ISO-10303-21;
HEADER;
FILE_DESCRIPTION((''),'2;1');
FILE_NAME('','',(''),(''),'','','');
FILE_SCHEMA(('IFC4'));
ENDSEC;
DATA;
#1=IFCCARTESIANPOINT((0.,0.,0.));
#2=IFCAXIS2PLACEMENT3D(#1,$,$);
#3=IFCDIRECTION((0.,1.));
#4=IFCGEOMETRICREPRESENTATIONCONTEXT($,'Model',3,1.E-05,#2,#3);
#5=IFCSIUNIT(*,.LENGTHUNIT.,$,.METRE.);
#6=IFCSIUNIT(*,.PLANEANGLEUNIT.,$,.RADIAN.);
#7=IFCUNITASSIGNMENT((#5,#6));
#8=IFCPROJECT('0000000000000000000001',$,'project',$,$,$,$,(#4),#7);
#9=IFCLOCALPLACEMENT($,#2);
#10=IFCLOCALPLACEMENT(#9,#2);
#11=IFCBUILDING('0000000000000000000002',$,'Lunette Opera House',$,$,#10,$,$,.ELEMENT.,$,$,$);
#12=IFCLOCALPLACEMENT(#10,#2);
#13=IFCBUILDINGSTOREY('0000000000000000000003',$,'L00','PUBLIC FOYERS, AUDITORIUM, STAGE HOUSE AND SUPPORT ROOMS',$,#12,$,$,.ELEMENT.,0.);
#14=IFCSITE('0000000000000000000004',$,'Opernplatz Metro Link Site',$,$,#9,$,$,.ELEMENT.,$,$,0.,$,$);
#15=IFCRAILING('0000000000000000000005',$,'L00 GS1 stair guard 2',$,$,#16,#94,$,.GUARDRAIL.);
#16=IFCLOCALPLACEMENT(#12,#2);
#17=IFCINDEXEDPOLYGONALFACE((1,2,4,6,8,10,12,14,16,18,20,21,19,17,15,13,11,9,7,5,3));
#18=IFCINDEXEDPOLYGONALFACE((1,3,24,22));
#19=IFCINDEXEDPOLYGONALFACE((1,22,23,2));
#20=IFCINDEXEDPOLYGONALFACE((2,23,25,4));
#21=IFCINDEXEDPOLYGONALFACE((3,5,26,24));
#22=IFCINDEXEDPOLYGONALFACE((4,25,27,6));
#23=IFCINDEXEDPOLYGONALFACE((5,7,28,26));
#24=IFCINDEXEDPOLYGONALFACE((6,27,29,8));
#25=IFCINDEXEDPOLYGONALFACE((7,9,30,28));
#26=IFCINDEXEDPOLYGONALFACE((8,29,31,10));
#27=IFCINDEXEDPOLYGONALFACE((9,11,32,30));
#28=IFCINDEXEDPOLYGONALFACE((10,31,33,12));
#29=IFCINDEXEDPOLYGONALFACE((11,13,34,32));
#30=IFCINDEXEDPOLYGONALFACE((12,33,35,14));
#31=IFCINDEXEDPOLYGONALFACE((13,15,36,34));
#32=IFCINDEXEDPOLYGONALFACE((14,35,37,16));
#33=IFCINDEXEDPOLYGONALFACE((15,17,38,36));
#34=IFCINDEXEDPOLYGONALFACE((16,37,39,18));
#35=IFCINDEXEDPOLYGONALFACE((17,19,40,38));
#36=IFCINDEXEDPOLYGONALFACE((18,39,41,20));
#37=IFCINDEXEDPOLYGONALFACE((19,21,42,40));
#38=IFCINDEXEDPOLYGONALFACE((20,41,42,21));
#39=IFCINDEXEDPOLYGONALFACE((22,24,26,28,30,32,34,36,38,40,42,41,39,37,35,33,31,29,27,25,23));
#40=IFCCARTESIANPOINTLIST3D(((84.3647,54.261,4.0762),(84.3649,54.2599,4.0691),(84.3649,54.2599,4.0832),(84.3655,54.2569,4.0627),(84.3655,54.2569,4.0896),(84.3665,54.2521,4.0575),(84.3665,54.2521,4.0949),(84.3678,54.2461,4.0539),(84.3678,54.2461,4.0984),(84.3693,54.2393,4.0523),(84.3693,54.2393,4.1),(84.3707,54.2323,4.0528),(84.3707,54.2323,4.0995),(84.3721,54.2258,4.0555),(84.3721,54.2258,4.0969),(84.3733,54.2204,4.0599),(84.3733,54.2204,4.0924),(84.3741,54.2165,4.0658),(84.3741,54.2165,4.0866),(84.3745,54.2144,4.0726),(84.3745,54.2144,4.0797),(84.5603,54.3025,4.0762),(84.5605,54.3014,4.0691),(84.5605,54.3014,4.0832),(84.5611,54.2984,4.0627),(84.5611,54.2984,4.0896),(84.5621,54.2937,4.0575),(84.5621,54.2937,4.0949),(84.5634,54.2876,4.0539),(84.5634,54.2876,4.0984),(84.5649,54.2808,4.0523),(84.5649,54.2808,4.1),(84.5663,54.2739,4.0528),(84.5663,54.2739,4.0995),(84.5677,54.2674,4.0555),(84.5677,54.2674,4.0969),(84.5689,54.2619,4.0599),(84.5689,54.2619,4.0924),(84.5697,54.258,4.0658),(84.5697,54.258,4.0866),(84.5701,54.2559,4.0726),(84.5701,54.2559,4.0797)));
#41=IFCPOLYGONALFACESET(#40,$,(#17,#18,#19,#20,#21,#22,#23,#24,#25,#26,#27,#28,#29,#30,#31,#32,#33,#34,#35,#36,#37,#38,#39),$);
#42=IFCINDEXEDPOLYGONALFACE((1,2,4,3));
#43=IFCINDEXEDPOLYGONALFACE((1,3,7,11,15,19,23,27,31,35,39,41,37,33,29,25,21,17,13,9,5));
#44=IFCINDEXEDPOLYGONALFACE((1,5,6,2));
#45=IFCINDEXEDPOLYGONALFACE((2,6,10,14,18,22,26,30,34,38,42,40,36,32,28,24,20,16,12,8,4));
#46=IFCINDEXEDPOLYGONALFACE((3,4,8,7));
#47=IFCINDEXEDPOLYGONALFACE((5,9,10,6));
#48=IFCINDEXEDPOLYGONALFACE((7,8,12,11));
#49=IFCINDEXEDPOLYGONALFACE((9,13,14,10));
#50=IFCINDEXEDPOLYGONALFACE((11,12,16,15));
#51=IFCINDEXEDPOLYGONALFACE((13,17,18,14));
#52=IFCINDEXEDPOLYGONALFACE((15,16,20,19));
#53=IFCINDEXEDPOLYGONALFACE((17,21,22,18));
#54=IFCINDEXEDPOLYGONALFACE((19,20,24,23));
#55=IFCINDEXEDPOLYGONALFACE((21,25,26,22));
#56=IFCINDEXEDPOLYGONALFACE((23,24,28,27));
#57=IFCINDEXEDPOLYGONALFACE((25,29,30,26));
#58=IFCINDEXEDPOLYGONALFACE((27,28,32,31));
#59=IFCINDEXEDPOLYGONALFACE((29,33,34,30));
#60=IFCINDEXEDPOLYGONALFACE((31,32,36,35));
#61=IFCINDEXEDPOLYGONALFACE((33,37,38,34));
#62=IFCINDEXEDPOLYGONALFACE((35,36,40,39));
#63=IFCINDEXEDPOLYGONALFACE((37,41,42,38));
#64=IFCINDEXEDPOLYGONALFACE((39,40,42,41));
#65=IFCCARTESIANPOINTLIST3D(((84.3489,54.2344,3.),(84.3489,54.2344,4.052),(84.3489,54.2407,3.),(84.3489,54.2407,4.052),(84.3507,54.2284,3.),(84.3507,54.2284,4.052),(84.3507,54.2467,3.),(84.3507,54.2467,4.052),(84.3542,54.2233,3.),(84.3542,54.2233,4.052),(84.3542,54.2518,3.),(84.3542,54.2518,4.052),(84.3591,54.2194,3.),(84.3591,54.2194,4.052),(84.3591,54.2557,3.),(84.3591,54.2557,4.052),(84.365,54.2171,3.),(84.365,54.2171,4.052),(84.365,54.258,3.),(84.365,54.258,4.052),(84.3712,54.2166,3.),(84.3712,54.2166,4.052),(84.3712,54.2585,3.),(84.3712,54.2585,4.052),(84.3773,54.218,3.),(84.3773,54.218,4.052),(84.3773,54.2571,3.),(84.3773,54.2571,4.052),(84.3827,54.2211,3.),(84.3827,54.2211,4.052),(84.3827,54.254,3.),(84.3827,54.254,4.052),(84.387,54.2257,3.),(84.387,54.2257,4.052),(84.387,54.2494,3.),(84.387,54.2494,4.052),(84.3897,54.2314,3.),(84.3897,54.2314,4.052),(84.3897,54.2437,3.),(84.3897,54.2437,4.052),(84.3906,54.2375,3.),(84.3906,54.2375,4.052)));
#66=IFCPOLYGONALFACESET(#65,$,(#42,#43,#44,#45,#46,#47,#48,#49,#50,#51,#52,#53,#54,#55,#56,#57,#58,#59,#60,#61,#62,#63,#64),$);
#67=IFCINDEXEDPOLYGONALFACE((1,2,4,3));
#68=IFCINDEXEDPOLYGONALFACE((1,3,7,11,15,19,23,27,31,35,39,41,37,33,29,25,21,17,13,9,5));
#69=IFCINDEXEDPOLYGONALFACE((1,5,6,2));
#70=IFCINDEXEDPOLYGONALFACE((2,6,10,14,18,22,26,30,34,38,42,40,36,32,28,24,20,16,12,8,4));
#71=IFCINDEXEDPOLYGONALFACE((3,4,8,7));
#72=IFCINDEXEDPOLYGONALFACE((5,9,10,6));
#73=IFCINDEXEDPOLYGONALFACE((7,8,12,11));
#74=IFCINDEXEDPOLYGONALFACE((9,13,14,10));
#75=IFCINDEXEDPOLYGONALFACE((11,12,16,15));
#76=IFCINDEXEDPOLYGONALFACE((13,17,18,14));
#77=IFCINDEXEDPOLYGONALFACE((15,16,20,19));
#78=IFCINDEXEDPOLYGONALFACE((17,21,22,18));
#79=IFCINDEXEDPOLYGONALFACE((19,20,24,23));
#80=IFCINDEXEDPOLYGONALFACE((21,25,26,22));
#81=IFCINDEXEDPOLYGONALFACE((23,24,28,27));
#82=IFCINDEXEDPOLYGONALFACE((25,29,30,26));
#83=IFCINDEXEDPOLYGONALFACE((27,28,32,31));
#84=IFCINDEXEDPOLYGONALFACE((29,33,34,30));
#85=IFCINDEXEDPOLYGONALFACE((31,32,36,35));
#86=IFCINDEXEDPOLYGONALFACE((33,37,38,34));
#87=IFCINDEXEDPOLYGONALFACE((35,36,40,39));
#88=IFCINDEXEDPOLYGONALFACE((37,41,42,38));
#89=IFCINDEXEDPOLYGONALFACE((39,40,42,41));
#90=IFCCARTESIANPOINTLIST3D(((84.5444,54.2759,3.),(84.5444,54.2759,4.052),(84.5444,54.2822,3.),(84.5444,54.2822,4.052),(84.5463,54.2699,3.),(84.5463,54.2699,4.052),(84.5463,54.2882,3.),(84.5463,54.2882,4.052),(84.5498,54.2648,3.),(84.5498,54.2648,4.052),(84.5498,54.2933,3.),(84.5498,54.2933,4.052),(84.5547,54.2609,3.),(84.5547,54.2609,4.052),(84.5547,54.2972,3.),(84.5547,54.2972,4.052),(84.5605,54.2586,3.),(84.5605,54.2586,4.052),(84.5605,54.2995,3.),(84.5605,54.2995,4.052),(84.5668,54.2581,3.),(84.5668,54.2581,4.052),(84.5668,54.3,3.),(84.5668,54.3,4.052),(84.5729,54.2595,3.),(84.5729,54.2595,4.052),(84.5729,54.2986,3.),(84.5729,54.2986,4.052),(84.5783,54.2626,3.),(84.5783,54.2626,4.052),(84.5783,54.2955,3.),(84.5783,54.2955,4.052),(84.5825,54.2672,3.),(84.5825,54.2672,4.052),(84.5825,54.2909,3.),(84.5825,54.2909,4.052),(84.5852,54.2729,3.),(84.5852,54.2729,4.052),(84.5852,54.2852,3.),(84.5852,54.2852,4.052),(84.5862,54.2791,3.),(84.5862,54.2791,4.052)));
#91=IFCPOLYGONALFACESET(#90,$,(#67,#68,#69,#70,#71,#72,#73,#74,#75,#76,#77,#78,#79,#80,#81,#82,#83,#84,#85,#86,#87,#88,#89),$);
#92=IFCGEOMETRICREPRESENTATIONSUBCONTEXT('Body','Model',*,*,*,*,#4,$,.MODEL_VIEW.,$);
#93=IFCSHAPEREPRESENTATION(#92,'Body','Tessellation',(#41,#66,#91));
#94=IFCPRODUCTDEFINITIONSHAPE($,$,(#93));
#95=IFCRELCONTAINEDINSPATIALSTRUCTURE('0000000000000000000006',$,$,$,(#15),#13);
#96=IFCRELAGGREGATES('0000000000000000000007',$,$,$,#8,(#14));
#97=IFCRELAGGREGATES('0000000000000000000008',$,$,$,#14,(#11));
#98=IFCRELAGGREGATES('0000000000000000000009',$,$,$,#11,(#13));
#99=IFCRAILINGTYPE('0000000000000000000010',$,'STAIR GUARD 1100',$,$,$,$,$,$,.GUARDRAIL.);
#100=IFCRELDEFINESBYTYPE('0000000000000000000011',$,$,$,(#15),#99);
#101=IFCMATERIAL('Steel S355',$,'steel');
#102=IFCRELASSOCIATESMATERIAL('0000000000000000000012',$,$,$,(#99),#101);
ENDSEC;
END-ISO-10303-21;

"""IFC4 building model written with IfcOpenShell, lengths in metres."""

from ifc_helpers import new_model, si_unit, direction, frame, origin, origin_2d, place, context, subcontext, project, spatial, circle, extrude, material, type_object, element, save


model = new_model("IFC4")

# Units and contexts
model_context = context("Model", 3, precision=1e-05, world=origin(), true_north=direction((0.0, 1.0)))
body_context = subcontext(model_context, "Body", "Model", "MODEL_VIEW")
ifc_project = project(units=[si_unit("LENGTHUNIT", "METRE"), si_unit("PLANEANGLEUNIT", "RADIAN")], contexts=[model_context])

# Site, building, storey
site_placement = place(None, origin())
site = spatial("IfcSite", under=ifc_project, at=site_placement, Name="Opernplatz Metro Link Site", CompositionType="ELEMENT", RefElevation=0.0)
building_placement = place(site_placement, origin())
building = spatial("IfcBuilding", under=site, at=building_placement, Name="Lunette Opera House", CompositionType="ELEMENT")
storey_placement = place(building_placement, origin())
storey = spatial("IfcBuildingStorey", under=building, at=storey_placement, Name="L00", Description="PUBLIC FOYERS, AUDITORIUM, STAGE HOUSE AND SUPPORT ROOMS", CompositionType="ELEMENT", Elevation=0.0)

# Railing
ifc_material_1 = material(Name="Steel S355", Category="steel")
railing_type_1 = type_object("IfcRailingType", Name="STAIR GUARD 1100", PredefinedType="GUARDRAIL", material=ifc_material_1)
railing_1_placement = place(storey_placement, frame((84.3696, 54.2375, 3.0)))
element("IfcRailing", 1, at=railing_1_placement, inside=storey, type_object=railing_type_1, Name="L00 GS1 stair guard 2", PredefinedType="GUARDRAIL", context=body_context, shape_type="SweptSolid", body=[
    extrude(circle(Radius=0.0239, at=origin_2d()), frame((0.0, 0.0, 1.0762), z_axis=(0.978212, 0.20761, 0.0), x_axis=(-0.20761, 0.978212, 0.0)), (0.0, 0.0, 1.0), 0.2),
    extrude(circle(Radius=0.021, at=origin_2d()), origin(), (0.0, 0.0, 1.0), 1.052),
    extrude(circle(Radius=0.021, at=origin_2d()), frame((0.1956, 0.0415, 0.0)), (0.0, 0.0, 1.0), 1.052),
])

save(model, "model.ifc")
